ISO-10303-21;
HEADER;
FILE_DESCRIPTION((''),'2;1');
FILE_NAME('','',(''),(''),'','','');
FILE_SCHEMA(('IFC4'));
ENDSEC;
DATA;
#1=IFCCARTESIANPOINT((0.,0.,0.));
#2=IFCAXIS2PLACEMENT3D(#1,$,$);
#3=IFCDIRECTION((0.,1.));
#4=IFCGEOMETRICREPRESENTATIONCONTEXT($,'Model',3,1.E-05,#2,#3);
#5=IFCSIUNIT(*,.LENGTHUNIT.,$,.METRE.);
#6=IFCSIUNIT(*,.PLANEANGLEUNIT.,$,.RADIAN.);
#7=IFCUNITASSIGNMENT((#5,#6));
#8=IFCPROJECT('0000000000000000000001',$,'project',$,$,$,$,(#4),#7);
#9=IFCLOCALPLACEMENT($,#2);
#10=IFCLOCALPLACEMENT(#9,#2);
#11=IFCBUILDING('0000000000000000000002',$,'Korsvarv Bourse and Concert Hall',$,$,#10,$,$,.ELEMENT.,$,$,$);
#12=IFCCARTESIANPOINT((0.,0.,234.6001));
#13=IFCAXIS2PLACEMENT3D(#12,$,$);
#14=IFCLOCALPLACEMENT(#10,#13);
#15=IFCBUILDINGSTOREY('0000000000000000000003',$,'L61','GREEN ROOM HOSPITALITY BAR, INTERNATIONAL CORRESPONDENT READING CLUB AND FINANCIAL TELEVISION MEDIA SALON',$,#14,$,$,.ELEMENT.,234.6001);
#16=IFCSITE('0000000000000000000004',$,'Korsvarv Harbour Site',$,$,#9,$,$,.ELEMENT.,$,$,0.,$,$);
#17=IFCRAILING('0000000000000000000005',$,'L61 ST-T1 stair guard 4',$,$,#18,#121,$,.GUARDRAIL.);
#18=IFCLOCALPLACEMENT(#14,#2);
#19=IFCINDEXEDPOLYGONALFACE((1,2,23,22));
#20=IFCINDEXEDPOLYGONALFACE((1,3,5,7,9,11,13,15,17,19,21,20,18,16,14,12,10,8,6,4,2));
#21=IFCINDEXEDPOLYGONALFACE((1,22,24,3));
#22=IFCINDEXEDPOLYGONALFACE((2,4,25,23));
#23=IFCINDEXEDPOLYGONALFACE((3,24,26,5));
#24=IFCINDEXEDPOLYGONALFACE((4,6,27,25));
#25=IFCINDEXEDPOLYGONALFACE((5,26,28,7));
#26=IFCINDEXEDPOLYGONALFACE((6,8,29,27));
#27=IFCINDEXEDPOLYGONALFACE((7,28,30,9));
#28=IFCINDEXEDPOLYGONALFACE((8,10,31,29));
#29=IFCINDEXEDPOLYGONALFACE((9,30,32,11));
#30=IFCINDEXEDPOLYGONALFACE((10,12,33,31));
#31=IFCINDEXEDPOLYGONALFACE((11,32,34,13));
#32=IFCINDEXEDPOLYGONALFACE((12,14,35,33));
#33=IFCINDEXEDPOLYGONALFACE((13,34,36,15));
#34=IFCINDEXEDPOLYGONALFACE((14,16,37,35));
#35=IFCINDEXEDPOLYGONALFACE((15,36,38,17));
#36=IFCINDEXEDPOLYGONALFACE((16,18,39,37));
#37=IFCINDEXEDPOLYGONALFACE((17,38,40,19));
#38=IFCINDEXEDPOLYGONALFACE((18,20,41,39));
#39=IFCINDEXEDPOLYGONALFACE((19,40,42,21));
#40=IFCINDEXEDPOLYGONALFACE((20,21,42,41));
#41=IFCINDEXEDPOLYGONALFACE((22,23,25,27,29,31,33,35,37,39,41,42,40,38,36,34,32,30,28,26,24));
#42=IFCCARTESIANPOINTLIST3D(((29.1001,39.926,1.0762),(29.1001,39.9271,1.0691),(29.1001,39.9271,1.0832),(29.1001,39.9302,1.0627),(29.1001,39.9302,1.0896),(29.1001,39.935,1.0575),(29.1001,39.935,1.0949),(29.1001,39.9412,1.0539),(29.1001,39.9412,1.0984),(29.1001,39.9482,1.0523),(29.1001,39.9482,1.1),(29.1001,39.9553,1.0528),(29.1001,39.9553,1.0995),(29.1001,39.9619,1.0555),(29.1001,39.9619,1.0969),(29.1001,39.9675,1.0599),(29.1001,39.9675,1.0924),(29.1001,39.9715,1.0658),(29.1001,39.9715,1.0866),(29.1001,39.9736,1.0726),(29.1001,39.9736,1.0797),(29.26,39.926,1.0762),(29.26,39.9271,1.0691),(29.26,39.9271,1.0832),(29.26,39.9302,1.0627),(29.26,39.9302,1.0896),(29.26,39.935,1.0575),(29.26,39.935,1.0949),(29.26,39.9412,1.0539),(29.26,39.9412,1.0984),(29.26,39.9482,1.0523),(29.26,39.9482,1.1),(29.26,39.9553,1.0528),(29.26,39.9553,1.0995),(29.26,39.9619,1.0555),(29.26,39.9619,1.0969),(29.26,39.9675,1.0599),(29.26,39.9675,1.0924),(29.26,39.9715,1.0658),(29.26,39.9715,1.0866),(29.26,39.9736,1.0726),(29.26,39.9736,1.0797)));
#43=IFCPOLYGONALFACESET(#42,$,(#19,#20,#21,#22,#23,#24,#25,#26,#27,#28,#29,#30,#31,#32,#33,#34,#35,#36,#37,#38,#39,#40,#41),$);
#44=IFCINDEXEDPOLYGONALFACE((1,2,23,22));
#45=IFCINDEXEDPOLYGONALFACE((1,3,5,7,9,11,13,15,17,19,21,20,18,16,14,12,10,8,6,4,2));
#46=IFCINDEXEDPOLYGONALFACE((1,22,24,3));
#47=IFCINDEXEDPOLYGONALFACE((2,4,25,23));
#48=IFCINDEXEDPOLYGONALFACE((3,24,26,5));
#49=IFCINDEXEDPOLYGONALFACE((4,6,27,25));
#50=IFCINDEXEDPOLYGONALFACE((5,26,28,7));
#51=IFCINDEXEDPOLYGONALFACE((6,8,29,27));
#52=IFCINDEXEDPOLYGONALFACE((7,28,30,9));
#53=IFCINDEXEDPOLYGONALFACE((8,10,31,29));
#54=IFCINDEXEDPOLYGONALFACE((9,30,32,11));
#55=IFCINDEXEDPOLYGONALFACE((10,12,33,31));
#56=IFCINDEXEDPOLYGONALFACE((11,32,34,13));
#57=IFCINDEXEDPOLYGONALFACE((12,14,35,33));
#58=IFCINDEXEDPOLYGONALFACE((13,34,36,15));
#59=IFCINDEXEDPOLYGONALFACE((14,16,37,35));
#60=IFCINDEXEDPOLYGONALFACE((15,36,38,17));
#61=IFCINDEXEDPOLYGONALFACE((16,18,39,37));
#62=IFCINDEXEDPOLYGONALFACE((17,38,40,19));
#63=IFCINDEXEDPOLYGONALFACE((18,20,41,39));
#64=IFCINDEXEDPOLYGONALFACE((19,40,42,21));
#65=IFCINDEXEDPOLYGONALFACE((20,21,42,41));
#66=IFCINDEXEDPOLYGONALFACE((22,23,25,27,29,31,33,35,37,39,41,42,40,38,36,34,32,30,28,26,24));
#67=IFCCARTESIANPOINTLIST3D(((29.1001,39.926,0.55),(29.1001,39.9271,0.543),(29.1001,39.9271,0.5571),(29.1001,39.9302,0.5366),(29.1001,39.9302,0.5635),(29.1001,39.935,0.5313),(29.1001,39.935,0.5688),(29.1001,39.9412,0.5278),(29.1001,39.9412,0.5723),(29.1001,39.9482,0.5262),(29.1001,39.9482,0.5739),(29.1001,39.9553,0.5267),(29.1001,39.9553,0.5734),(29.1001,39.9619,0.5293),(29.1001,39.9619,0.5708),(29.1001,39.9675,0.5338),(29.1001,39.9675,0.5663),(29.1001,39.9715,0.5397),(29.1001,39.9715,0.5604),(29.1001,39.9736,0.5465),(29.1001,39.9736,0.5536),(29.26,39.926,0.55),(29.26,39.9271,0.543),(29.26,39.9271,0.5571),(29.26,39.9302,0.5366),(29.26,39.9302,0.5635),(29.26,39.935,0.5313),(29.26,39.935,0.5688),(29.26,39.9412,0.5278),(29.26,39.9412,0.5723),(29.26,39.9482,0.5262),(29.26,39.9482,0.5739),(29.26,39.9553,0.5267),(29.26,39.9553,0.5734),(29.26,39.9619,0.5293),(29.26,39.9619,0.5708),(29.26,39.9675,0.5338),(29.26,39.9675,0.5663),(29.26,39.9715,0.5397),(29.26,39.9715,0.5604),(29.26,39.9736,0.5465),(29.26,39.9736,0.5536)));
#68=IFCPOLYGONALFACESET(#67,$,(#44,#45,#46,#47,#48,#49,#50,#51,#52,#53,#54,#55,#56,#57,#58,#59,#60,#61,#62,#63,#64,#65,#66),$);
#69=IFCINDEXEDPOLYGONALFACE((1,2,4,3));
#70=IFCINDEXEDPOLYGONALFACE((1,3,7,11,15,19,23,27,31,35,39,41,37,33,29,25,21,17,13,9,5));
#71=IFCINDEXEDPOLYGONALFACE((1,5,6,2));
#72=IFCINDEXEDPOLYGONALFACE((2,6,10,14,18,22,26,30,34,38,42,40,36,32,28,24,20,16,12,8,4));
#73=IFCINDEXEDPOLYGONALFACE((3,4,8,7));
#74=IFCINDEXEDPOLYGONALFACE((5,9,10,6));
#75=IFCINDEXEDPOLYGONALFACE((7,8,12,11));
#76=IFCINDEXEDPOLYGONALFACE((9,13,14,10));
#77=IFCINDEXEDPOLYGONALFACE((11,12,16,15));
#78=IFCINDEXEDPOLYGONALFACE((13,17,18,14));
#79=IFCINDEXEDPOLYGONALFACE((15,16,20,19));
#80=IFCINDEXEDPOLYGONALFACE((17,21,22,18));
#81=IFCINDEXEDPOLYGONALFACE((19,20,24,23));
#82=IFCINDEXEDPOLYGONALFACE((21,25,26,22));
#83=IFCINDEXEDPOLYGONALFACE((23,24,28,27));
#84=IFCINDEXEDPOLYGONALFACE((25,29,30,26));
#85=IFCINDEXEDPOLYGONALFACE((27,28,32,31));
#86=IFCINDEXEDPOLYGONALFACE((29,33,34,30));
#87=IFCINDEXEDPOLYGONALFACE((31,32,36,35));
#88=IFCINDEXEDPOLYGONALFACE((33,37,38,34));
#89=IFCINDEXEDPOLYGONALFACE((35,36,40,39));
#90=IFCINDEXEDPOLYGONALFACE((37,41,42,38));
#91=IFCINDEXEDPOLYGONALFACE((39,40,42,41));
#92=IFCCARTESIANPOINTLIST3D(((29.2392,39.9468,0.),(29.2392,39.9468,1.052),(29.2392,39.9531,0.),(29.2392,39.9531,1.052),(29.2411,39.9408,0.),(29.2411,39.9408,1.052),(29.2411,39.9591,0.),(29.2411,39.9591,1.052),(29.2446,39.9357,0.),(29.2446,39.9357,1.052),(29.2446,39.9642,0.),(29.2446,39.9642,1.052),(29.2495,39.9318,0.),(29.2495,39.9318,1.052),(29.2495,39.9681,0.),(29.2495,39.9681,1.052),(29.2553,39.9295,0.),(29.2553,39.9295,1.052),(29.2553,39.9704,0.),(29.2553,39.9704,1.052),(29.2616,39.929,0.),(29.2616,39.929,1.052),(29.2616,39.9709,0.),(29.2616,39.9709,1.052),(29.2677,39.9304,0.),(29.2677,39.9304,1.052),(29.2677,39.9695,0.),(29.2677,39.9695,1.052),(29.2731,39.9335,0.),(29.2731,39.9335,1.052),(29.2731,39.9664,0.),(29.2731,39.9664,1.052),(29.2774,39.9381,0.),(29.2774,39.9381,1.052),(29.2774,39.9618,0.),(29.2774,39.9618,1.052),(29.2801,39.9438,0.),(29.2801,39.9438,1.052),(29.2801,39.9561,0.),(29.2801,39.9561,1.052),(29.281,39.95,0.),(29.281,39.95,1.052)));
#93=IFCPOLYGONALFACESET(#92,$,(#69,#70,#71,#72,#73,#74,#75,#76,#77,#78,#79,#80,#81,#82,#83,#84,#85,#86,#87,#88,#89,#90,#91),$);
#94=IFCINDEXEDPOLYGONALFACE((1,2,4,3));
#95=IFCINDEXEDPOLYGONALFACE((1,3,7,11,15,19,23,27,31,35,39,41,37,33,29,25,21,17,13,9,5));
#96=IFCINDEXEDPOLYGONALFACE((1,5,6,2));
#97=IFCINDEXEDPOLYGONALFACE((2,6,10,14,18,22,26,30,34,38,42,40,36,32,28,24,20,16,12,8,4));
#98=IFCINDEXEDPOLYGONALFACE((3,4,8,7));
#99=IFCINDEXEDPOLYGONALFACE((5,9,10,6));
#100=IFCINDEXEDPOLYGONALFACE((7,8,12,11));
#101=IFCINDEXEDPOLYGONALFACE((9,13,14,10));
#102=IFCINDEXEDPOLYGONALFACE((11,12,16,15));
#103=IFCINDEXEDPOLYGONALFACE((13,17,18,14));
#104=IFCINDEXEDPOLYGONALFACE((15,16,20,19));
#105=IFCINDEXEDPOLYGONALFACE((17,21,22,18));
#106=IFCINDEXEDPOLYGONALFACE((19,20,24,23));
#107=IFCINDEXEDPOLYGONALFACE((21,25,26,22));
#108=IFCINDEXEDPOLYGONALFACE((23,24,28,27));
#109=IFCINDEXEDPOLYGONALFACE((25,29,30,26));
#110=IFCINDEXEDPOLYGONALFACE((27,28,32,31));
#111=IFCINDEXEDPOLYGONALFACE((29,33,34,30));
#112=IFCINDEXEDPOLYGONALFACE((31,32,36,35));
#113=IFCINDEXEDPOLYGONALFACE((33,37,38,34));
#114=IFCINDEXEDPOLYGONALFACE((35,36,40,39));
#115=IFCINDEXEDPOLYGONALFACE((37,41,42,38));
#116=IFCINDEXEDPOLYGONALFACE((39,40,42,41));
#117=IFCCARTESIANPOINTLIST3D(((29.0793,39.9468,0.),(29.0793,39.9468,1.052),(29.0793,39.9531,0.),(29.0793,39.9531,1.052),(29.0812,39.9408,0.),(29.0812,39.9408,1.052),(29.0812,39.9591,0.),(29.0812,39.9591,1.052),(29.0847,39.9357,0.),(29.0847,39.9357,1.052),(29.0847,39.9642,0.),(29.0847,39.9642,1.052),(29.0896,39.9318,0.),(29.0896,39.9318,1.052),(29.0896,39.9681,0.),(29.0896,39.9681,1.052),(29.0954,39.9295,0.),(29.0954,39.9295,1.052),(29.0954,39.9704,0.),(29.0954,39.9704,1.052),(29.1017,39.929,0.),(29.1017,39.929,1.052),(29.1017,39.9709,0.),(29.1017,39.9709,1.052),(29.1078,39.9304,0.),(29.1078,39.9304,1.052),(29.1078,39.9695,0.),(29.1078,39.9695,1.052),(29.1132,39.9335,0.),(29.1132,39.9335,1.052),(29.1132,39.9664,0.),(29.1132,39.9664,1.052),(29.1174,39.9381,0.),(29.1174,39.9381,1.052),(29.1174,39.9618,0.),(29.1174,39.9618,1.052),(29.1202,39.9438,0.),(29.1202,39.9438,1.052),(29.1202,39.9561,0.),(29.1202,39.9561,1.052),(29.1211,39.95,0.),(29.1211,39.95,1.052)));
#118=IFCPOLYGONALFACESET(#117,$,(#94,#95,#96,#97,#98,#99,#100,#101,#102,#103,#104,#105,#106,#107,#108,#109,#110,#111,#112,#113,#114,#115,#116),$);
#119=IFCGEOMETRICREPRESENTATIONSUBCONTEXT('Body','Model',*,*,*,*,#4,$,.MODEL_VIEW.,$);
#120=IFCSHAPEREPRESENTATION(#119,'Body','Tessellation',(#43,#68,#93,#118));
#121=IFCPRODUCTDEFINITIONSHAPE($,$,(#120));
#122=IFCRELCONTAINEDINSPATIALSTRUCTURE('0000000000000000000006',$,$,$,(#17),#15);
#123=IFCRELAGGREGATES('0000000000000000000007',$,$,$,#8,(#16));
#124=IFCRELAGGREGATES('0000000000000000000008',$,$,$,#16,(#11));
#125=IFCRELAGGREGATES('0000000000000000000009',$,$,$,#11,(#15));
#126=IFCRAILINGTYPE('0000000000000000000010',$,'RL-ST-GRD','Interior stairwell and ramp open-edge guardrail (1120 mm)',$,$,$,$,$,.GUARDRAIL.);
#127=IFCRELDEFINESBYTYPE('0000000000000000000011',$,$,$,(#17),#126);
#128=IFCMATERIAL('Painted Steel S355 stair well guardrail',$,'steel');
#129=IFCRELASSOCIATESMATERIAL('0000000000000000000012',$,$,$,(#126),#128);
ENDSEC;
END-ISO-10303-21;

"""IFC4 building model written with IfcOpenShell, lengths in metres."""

from ifc_helpers import new_model, si_unit, direction, frame, origin, origin_2d, place, context, subcontext, project, spatial, circle, extrude, material, type_object, element, save


model = new_model("IFC4")

# Units and contexts
model_context = context("Model", 3, precision=1e-05, world=origin(), true_north=direction((0.0, 1.0)))
body_context = subcontext(model_context, "Body", "Model", "MODEL_VIEW")
ifc_project = project(units=[si_unit("LENGTHUNIT", "METRE"), si_unit("PLANEANGLEUNIT", "RADIAN")], contexts=[model_context])

# Site, building, storey
site_placement = place(None, origin())
site = spatial("IfcSite", under=ifc_project, at=site_placement, Name="Korsvarv Harbour Site", CompositionType="ELEMENT", RefElevation=0.0)
building_placement = place(site_placement, origin())
building = spatial("IfcBuilding", under=site, at=building_placement, Name="Korsvarv Bourse and Concert Hall", CompositionType="ELEMENT")
storey_placement = place(building_placement, frame((0.0, 0.0, 234.6001)))
storey = spatial("IfcBuildingStorey", under=building, at=storey_placement, Name="L61", Description="GREEN ROOM HOSPITALITY BAR, INTERNATIONAL CORRESPONDENT READING CLUB AND FINANCIAL TELEVISION MEDIA SALON", CompositionType="ELEMENT", Elevation=234.6001)

# Railing
ifc_material_1 = material(Name="Painted Steel S355 stair well guardrail", Category="steel")
railing_type_1 = type_object("IfcRailingType", Name="RL-ST-GRD", Description="Interior stairwell and ramp open-edge guardrail (1120 mm)", PredefinedType="GUARDRAIL", material=ifc_material_1)
railing_1_placement = place(storey_placement, frame((29.26, 39.95, 0.0)))
element("IfcRailing", 1, at=railing_1_placement, inside=storey, type_object=railing_type_1, Name="L61 ST-T1 stair guard 4", PredefinedType="GUARDRAIL", context=body_context, shape_type="SweptSolid", body=[
    extrude(circle(Radius=0.0239, at=origin_2d()), frame((0.0, 0.0, 1.0762), z_axis=(-1.0, 0.0, 0.0), x_axis=(0.0, -1.0, 0.0)), (0.0, 0.0, 1.0), 0.1599),
    extrude(circle(Radius=0.0239, at=origin_2d()), frame((0.0, 0.0, 0.55), z_axis=(-1.0, 0.0, 0.0), x_axis=(0.0, -1.0, 0.0)), (0.0, 0.0, 1.0), 0.1599),
    extrude(circle(Radius=0.021, at=origin_2d()), origin(), (0.0, 0.0, 1.0), 1.052),
    extrude(circle(Radius=0.021, at=origin_2d()), frame((-0.1599, 0.0, 0.0)), (0.0, 0.0, 1.0), 1.052),
])

save(model, "model.ifc")
